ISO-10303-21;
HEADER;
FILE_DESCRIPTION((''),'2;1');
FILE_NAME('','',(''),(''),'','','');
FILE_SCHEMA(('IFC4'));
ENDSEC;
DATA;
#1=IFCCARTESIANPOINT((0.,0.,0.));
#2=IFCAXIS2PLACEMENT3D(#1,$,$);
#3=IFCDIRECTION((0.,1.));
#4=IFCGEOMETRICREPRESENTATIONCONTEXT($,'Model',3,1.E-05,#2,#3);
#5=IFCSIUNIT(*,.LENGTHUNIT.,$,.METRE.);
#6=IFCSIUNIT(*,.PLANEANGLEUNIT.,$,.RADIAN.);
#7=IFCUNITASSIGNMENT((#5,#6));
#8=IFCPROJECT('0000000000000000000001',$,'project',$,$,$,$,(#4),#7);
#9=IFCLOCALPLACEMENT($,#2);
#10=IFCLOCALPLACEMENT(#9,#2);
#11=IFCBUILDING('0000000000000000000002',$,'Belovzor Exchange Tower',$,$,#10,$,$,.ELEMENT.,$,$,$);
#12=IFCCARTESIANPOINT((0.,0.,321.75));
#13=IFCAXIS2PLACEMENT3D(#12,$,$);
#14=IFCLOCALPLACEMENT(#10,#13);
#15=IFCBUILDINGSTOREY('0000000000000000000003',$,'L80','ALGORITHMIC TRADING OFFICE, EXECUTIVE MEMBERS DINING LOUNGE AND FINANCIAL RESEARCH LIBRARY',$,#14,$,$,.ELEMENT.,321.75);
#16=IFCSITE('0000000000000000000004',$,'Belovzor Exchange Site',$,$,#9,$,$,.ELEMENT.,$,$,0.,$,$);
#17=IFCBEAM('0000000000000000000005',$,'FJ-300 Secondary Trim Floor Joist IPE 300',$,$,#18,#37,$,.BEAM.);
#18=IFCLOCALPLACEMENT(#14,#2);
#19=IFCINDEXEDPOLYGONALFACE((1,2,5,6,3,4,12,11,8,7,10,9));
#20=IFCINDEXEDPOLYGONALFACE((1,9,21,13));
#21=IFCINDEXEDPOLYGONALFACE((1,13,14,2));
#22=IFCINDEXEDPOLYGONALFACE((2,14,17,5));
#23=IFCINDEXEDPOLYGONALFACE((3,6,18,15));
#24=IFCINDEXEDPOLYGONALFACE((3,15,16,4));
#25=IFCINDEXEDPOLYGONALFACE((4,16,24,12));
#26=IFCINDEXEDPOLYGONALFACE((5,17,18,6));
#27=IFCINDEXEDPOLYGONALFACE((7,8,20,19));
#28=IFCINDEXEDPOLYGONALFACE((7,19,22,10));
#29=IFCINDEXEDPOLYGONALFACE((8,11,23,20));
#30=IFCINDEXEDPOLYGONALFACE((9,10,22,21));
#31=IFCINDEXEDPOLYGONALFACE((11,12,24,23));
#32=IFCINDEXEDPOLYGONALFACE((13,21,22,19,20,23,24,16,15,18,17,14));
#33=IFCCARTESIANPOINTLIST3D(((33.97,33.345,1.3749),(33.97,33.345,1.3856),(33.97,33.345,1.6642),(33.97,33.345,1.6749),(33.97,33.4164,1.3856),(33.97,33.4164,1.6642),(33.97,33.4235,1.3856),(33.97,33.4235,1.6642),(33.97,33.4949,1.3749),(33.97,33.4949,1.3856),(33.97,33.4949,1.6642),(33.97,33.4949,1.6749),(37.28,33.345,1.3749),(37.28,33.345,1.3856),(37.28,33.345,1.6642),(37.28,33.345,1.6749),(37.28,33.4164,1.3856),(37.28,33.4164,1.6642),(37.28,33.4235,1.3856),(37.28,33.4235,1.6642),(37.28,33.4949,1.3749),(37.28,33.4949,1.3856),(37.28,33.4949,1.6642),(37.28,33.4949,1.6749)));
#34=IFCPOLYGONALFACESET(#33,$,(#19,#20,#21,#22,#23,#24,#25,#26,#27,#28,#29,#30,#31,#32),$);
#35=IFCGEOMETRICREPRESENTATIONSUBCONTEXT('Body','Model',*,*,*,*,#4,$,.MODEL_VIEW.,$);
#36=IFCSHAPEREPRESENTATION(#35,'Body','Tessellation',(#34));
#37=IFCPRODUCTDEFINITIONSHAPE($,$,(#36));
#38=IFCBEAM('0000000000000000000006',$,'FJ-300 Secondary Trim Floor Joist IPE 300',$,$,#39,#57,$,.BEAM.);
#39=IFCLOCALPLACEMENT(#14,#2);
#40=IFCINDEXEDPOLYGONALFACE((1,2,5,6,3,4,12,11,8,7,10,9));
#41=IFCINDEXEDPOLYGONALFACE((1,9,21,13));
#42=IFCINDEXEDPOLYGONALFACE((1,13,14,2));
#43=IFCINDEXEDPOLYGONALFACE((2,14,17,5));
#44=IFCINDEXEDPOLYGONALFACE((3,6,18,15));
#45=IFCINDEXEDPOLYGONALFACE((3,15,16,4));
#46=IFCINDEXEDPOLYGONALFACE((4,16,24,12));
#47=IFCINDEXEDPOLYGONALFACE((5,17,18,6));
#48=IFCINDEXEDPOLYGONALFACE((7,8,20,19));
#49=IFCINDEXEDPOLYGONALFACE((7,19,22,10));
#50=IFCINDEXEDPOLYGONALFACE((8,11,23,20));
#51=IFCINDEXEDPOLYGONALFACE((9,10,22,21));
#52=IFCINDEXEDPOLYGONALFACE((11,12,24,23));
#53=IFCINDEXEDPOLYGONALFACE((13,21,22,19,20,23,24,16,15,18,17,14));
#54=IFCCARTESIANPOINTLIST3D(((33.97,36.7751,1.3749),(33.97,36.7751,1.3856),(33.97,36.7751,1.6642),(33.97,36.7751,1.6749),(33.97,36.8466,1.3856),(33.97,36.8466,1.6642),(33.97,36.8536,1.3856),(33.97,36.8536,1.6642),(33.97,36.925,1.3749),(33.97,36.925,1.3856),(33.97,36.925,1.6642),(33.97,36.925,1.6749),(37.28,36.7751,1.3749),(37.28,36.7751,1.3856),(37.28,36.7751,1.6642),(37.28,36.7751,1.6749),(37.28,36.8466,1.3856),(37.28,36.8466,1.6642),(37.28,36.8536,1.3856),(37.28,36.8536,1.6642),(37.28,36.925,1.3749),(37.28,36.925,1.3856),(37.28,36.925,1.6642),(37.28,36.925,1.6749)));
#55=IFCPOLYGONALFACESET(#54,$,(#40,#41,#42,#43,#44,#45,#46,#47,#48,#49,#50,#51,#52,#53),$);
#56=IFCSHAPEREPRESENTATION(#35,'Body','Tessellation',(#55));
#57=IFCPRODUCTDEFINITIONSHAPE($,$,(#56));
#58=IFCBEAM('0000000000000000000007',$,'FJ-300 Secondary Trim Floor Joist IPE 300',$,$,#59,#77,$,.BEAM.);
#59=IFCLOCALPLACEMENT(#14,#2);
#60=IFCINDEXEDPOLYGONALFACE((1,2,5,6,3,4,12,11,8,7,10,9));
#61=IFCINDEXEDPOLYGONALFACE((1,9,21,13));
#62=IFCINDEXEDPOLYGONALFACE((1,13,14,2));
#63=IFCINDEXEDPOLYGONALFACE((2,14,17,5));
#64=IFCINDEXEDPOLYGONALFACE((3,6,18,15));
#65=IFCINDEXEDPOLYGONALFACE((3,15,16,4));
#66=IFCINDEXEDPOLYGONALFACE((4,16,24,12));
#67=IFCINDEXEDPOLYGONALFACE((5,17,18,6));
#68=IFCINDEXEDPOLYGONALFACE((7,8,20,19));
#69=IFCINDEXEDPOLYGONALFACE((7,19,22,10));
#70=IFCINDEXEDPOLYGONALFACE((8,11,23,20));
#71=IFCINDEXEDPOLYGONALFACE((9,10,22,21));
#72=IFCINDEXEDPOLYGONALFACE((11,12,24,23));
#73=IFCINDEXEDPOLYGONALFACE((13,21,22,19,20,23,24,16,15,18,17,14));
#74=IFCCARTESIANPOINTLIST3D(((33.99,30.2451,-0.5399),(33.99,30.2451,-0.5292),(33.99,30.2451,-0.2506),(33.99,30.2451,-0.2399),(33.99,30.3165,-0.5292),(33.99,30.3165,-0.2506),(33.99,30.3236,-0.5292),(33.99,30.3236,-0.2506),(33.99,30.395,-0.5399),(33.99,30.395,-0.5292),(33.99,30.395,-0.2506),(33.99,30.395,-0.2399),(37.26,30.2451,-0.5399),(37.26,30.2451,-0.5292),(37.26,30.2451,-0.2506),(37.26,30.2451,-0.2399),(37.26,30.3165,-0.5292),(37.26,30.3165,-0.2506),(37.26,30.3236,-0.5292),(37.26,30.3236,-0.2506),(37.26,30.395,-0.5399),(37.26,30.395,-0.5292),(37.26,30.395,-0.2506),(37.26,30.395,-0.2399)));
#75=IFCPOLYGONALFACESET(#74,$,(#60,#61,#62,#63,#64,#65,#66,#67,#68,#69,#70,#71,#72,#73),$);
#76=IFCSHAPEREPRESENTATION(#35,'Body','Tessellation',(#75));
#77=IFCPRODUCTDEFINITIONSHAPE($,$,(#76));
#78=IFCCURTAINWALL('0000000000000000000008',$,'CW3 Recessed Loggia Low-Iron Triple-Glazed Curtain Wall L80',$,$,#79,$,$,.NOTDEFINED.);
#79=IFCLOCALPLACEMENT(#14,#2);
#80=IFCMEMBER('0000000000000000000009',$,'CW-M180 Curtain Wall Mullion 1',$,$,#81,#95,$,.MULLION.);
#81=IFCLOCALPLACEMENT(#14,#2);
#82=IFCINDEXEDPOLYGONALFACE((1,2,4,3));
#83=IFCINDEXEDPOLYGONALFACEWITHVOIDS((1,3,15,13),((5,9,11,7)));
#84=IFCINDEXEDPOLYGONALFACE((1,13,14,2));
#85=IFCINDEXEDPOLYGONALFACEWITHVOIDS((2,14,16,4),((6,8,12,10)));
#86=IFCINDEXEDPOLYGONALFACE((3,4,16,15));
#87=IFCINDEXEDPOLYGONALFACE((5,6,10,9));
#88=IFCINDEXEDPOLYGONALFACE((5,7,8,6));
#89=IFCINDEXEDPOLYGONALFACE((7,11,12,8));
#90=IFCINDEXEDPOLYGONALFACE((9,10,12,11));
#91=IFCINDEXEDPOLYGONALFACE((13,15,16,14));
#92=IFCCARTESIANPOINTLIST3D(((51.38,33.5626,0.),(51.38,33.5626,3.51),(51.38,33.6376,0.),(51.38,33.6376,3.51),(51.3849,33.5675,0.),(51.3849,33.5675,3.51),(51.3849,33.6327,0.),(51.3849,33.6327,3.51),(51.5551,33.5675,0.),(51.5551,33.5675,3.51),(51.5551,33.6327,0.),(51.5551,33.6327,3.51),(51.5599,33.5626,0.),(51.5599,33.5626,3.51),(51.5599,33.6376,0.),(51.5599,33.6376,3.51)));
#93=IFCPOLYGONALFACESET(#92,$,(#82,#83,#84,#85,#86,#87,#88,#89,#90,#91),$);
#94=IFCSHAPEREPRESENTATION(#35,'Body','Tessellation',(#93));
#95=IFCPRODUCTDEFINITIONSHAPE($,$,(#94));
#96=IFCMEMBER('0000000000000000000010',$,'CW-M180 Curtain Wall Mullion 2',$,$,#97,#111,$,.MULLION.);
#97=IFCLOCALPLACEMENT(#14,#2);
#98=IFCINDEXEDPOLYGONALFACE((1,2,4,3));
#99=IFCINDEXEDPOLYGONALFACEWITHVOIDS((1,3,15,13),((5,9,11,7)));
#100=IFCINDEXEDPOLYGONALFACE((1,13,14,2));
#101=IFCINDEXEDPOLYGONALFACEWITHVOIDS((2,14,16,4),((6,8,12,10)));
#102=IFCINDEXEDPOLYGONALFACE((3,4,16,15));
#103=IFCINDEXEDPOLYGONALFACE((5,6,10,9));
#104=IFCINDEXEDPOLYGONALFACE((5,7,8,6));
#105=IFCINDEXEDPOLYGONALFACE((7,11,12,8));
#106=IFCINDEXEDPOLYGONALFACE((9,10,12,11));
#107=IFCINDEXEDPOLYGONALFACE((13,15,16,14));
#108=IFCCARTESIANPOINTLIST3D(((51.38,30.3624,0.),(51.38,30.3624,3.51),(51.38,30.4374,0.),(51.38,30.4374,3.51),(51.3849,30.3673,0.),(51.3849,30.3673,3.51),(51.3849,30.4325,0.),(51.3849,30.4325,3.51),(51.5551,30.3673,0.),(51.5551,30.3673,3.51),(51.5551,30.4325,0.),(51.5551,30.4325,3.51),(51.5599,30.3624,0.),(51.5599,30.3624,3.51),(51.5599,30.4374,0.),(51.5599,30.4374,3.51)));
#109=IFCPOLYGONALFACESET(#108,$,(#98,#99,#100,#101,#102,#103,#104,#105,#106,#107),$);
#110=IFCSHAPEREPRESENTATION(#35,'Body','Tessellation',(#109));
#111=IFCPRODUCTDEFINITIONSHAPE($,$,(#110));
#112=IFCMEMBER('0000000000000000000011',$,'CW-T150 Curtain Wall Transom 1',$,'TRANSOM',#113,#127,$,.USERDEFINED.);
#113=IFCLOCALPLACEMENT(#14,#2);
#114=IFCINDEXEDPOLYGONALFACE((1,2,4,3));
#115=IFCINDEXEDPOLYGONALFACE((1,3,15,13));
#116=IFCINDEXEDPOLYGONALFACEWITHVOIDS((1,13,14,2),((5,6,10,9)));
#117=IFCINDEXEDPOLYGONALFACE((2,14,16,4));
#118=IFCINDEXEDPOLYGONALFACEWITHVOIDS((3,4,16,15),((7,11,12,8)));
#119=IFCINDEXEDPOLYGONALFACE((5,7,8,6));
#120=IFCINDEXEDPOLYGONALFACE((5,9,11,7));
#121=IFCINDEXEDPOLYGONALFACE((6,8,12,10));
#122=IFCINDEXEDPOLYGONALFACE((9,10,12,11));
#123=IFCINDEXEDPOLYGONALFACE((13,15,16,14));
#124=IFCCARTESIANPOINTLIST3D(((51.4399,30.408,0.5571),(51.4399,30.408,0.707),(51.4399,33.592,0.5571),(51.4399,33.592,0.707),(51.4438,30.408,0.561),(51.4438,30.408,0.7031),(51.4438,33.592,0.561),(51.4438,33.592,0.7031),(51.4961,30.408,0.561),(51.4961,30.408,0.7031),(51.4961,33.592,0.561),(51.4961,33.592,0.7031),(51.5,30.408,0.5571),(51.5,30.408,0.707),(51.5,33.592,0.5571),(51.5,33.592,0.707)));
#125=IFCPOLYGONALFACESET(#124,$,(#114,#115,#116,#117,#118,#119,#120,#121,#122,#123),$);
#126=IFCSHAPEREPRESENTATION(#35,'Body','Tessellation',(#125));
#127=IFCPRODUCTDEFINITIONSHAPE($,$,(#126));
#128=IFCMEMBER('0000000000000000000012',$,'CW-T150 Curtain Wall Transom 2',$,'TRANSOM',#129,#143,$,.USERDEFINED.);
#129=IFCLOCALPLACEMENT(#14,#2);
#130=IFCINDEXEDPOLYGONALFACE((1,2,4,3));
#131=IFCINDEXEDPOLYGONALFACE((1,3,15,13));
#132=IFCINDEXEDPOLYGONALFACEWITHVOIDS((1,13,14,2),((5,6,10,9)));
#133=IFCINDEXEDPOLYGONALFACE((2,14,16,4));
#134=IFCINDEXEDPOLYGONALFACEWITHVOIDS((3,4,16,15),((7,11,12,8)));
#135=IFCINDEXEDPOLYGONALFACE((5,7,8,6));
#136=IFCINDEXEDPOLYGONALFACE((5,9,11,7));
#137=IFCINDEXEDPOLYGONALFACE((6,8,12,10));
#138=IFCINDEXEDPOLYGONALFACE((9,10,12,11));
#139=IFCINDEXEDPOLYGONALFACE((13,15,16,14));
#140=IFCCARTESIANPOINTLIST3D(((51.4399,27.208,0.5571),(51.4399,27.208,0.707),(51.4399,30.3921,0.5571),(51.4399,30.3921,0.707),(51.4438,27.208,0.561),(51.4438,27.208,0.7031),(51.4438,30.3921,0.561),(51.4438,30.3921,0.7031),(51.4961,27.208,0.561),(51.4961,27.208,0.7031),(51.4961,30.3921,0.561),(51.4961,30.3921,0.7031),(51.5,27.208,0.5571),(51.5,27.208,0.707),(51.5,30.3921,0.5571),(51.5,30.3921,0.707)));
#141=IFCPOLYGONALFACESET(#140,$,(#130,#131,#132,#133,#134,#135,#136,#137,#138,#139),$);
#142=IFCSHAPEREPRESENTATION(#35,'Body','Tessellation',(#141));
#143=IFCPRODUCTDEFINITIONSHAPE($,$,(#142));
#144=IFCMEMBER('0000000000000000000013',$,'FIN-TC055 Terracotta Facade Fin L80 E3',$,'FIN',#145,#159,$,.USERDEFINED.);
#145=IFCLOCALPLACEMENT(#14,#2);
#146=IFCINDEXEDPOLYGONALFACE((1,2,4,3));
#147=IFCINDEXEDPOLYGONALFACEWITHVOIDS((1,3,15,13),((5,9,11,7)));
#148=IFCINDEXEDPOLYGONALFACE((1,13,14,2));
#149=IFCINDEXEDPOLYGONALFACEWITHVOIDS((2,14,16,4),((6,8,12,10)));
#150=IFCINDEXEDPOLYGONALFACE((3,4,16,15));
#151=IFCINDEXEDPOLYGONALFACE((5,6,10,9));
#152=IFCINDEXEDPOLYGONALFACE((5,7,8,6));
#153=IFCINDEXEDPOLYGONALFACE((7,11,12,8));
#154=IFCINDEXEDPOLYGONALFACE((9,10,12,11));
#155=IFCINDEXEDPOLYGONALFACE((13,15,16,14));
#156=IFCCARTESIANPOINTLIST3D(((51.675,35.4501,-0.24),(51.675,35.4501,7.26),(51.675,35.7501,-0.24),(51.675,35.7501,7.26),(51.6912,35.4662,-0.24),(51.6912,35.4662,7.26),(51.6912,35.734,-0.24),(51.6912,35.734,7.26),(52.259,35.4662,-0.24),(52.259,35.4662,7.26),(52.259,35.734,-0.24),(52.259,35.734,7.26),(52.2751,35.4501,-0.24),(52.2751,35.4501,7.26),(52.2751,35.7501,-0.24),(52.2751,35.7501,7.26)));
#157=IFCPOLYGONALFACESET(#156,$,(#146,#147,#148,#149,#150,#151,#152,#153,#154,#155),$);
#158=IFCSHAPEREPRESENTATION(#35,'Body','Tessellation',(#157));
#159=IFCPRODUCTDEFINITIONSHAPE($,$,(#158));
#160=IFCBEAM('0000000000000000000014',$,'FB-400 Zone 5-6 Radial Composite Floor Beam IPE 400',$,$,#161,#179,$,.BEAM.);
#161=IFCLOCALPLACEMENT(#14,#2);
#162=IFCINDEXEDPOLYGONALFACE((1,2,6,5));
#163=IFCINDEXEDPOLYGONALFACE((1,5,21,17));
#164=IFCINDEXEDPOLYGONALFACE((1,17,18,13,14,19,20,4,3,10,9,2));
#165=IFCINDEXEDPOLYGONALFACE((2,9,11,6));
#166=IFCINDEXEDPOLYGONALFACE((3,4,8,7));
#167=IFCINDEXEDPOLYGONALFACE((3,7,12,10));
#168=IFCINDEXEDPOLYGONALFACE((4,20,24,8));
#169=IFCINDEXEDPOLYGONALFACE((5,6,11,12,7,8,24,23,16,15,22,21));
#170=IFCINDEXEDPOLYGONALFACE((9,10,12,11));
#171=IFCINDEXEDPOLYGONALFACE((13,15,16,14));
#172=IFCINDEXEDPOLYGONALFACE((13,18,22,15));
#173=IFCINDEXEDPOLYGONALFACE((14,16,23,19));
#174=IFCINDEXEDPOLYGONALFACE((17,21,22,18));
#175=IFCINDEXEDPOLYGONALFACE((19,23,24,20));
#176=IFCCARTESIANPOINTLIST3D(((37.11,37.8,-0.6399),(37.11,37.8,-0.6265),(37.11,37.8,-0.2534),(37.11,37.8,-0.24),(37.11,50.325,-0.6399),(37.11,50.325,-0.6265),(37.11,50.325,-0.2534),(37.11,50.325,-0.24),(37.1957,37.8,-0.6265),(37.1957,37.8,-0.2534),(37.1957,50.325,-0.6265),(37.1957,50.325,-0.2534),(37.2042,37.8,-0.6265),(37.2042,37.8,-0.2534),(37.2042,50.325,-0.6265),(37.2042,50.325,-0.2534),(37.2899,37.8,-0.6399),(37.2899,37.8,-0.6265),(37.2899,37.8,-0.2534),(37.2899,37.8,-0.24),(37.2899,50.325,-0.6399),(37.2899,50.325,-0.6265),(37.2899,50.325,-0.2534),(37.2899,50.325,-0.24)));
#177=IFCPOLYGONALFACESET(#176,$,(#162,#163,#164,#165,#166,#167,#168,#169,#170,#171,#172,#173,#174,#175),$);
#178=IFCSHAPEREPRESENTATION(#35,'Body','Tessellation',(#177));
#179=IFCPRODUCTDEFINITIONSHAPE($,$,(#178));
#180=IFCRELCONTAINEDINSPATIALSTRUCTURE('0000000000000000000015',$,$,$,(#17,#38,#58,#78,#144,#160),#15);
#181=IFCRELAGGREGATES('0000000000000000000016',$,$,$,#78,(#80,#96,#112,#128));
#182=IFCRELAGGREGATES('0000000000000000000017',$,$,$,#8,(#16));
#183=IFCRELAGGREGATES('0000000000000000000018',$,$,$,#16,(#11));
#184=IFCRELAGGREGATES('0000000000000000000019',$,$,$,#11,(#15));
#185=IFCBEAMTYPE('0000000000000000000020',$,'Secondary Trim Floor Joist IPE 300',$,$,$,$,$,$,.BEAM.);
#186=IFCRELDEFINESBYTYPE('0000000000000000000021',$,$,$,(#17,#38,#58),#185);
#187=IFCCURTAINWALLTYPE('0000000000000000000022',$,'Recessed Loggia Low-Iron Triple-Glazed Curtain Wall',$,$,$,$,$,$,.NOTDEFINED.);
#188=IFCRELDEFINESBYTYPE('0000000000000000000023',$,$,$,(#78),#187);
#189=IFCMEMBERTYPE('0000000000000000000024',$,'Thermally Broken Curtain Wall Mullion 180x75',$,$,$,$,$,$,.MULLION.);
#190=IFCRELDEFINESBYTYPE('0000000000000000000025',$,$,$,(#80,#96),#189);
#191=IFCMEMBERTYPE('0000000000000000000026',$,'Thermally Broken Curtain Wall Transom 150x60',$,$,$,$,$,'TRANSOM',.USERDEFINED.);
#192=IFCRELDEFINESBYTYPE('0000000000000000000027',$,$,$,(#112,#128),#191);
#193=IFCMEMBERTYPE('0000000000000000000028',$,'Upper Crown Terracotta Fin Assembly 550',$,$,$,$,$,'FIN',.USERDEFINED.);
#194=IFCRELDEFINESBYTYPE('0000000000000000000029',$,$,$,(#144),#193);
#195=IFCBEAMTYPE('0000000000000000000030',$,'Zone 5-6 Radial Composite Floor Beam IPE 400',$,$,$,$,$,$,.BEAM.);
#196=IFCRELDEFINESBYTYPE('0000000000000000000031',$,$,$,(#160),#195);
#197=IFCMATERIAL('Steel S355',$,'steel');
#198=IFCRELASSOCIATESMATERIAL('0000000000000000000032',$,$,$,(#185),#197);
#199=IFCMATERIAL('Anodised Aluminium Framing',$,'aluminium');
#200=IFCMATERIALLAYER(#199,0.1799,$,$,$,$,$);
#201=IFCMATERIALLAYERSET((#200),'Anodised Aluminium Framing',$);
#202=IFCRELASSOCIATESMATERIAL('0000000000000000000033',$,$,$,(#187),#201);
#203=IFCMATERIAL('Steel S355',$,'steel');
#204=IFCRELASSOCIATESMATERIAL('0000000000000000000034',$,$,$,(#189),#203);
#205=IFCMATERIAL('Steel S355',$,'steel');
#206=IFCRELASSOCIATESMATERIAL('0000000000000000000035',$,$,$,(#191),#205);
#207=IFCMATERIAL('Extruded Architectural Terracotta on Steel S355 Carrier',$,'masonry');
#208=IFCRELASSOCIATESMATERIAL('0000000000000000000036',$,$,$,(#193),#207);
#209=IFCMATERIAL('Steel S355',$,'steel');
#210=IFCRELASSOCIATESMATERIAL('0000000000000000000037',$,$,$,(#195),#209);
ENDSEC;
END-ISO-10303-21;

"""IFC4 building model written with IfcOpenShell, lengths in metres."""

from ifc_helpers import new_model, si_unit, direction, frame, origin, origin_2d, place, context, subcontext, project, spatial, hollow_rectangle, i_section, extrude, material, layer, layer_set, material_profile, profile_set, type_object, element, aggregate, save


model = new_model("IFC4")

# Units and contexts
model_context = context("Model", 3, precision=1e-05, world=origin(), true_north=direction((0.0, 1.0)))
body_context = subcontext(model_context, "Body", "Model", "MODEL_VIEW")
ifc_project = project(units=[si_unit("LENGTHUNIT", "METRE"), si_unit("PLANEANGLEUNIT", "RADIAN")], contexts=[model_context])

# Site, building, storey
site_placement = place(None, origin())
site = spatial("IfcSite", under=ifc_project, at=site_placement, Name="Belovzor Exchange Site", CompositionType="ELEMENT", RefElevation=0.0)
building_placement = place(site_placement, origin())
building = spatial("IfcBuilding", under=site, at=building_placement, Name="Belovzor Exchange Tower", CompositionType="ELEMENT")
storey_placement = place(building_placement, frame((0.0, 0.0, 321.75)))
storey = spatial("IfcBuildingStorey", under=building, at=storey_placement, Name="L80", Description="ALGORITHMIC TRADING OFFICE, EXECUTIVE MEMBERS DINING LOUNGE AND FINANCIAL RESEARCH LIBRARY", CompositionType="ELEMENT", Elevation=321.75)

# Beams
ifc_material_1 = material(Name="Steel S355", Category="steel")
ifc_material_profile_1 = material_profile(ifc_material_1, i_section(OverallWidth=0.1499, OverallDepth=0.3, WebThickness=0.0071, FlangeThickness=0.0107, at=origin_2d()))
ifc_profile_set_1 = profile_set([ifc_material_profile_1], Name="Steel S355")
beam_type_1 = type_object("IfcBeamType", Name="Secondary Trim Floor Joist IPE 300", PredefinedType="BEAM", material=ifc_profile_set_1)
for number, where, z_axis, x_axis, name in (
    (1, (37.28, 33.4199, 1.5249), (-1.0, 0.0, 0.0), (0.0, -1.0, 0.0), "FJ-300 Secondary Trim Floor Joist IPE 300"),
    (2, (37.28, 36.8501, 1.5249), (-1.0, 0.0, 0.0), (0.0, -1.0, 0.0), "FJ-300 Secondary Trim Floor Joist IPE 300"),
):
    element("IfcBeam", number, at=place(storey_placement, frame(where, z_axis=z_axis, x_axis=x_axis)), inside=storey, type_object=beam_type_1, Name=name, PredefinedType="BEAM", context=body_context, shape_type="SweptSolid", body=[
        extrude(i_section(OverallWidth=0.1499, OverallDepth=0.3, WebThickness=0.0071, FlangeThickness=0.0107, at=origin_2d()), origin(), (0.0, 0.0, 1.0), 3.3101),
    ])
beam_1_placement = place(storey_placement, frame((37.26, 30.3201, -0.3899), z_axis=(-1.0, 0.0, 0.0), x_axis=(0.0, -1.0, 0.0)))
element("IfcBeam", 3, at=beam_1_placement, inside=storey, type_object=beam_type_1, Name="FJ-300 Secondary Trim Floor Joist IPE 300", PredefinedType="BEAM", context=body_context, shape_type="SweptSolid", body=[
    extrude(i_section(OverallWidth=0.1499, OverallDepth=0.3, WebThickness=0.0071, FlangeThickness=0.0107, at=origin_2d()), origin(), (0.0, 0.0, 1.0), 3.27),
])

# Curtain wall, members
ifc_material_2 = material(Name="Anodised Aluminium Framing", Category="aluminium")
ifc_layer_1 = layer(ifc_material_2, 0.1799)
ifc_layer_set_1 = layer_set([ifc_layer_1], Name="Anodised Aluminium Framing")
curtain_wall_type = type_object("IfcCurtainWallType", Name="Recessed Loggia Low-Iron Triple-Glazed Curtain Wall", PredefinedType="NOTDEFINED", material=ifc_layer_set_1)
curtain_wall_placement = place(storey_placement, origin())
curtain_wall = element("IfcCurtainWall", 4, at=curtain_wall_placement, inside=storey, type_object=curtain_wall_type, Name="CW3 Recessed Loggia Low-Iron Triple-Glazed Curtain Wall L80", PredefinedType="NOTDEFINED")
ifc_material_3 = material(Name="Steel S355", Category="steel")
ifc_material_profile_2 = material_profile(ifc_material_3, hollow_rectangle(XDim=0.075, YDim=0.1799, WallThickness=0.0049, at=origin_2d()))
ifc_profile_set_2 = profile_set([ifc_material_profile_2], Name="Steel S355")
member_type_1 = type_object("IfcMemberType", Name="Thermally Broken Curtain Wall Mullion 180x75", PredefinedType="MULLION", material=ifc_profile_set_2)
member_1_placement = place(storey_placement, frame((51.47, 33.6001, 0.0), z_axis=(0.0, 0.0, 1.0), x_axis=(0.0, -1.0, 0.0)))
member_1 = element("IfcMember", 5, at=member_1_placement, type_object=member_type_1, Name="CW-M180 Curtain Wall Mullion 1", PredefinedType="MULLION", context=body_context, shape_type="SweptSolid", body=[
    extrude(hollow_rectangle(XDim=0.075, YDim=0.1799, WallThickness=0.0049, at=origin_2d()), origin(), (0.0, 0.0, 1.0), 3.51),
])
member_2_placement = place(storey_placement, frame((51.47, 30.3999, 0.0), z_axis=(0.0, 0.0, 1.0), x_axis=(0.0, -1.0, 0.0)))
member_2 = element("IfcMember", 6, at=member_2_placement, type_object=member_type_1, Name="CW-M180 Curtain Wall Mullion 2", PredefinedType="MULLION", context=body_context, shape_type="SweptSolid", body=[
    extrude(hollow_rectangle(XDim=0.075, YDim=0.1799, WallThickness=0.0049, at=origin_2d()), origin(), (0.0, 0.0, 1.0), 3.51),
])
ifc_material_4 = material(Name="Steel S355", Category="steel")
ifc_material_profile_3 = material_profile(ifc_material_4, hollow_rectangle(XDim=0.0601, YDim=0.1499, WallThickness=0.0039, at=origin_2d()))
ifc_profile_set_3 = profile_set([ifc_material_profile_3], Name="Steel S355")
member_type_2 = type_object("IfcMemberType", Name="Thermally Broken Curtain Wall Transom 150x60", ElementType="TRANSOM", PredefinedType="USERDEFINED", material=ifc_profile_set_3)
member_3_placement = place(storey_placement, frame((51.47, 33.592, 0.6321), z_axis=(0.0, -1.0, 0.0), x_axis=(1.0, 0.0, 0.0)))
member_3 = element("IfcMember", 7, at=member_3_placement, type_object=member_type_2, Name="CW-T150 Curtain Wall Transom 1", ObjectType="TRANSOM", PredefinedType="USERDEFINED", context=body_context, shape_type="SweptSolid", body=[
    extrude(hollow_rectangle(XDim=0.0601, YDim=0.1499, WallThickness=0.0039, at=origin_2d()), origin(), (0.0, 0.0, 1.0), 3.1841),
])
member_4_placement = place(storey_placement, frame((51.47, 30.3921, 0.6321), z_axis=(0.0, -1.0, 0.0), x_axis=(1.0, 0.0, 0.0)))
member_4 = element("IfcMember", 8, at=member_4_placement, type_object=member_type_2, Name="CW-T150 Curtain Wall Transom 2", ObjectType="TRANSOM", PredefinedType="USERDEFINED", context=body_context, shape_type="SweptSolid", body=[
    extrude(hollow_rectangle(XDim=0.0601, YDim=0.1499, WallThickness=0.0039, at=origin_2d()), origin(), (0.0, 0.0, 1.0), 3.1841),
])

# Member
ifc_material_5 = material(Name="Extruded Architectural Terracotta on Steel S355 Carrier", Category="masonry")
ifc_material_profile_4 = material_profile(ifc_material_5, hollow_rectangle(XDim=0.3, YDim=0.6001, WallThickness=0.0161, at=origin_2d()))
ifc_profile_set_4 = profile_set([ifc_material_profile_4], Name="Extruded Architectural Terracotta on Steel S355 Carrier")
member_type_3 = type_object("IfcMemberType", Name="Upper Crown Terracotta Fin Assembly 550", ElementType="FIN", PredefinedType="USERDEFINED", material=ifc_profile_set_4)
member_5_placement = place(storey_placement, frame((51.9751, 35.6001, -0.24), z_axis=(0.0, 0.0, 1.0), x_axis=(0.0, 1.0, 0.0)))
element("IfcMember", 9, at=member_5_placement, inside=storey, type_object=member_type_3, Name="FIN-TC055 Terracotta Facade Fin L80 E3", ObjectType="FIN", PredefinedType="USERDEFINED", context=body_context, shape_type="SweptSolid", body=[
    extrude(hollow_rectangle(XDim=0.3, YDim=0.6001, WallThickness=0.0161, at=origin_2d()), origin(), (0.0, 0.0, 1.0), 7.5),
])

# Beam
ifc_material_6 = material(Name="Steel S355", Category="steel")
ifc_material_profile_5 = material_profile(ifc_material_6, i_section(OverallWidth=0.1799, OverallDepth=0.3999, WebThickness=0.0085, FlangeThickness=0.0134, at=origin_2d()))
ifc_profile_set_5 = profile_set([ifc_material_profile_5], Name="Steel S355")
beam_type_2 = type_object("IfcBeamType", Name="Zone 5-6 Radial Composite Floor Beam IPE 400", PredefinedType="BEAM", material=ifc_profile_set_5)
for number, where, z_axis, x_axis, name in (
    (10, (37.2, 37.8, -0.4399), (0.0, 1.0, 0.0), (-1.0, 0.0, 0.0), "FB-400 Zone 5-6 Radial Composite Floor Beam IPE 400"),
):
    element("IfcBeam", number, at=place(storey_placement, frame(where, z_axis=z_axis, x_axis=x_axis)), inside=storey, type_object=beam_type_2, Name=name, PredefinedType="BEAM", context=body_context, shape_type="SweptSolid", body=[
        extrude(i_section(OverallWidth=0.1799, OverallDepth=0.3999, WebThickness=0.0085, FlangeThickness=0.0134, at=origin_2d()), origin(), (0.0, 0.0, 1.0), 12.5249),
    ])

aggregate(curtain_wall, [member_1, member_2, member_3, member_4])

save(model, "model.ifc")
